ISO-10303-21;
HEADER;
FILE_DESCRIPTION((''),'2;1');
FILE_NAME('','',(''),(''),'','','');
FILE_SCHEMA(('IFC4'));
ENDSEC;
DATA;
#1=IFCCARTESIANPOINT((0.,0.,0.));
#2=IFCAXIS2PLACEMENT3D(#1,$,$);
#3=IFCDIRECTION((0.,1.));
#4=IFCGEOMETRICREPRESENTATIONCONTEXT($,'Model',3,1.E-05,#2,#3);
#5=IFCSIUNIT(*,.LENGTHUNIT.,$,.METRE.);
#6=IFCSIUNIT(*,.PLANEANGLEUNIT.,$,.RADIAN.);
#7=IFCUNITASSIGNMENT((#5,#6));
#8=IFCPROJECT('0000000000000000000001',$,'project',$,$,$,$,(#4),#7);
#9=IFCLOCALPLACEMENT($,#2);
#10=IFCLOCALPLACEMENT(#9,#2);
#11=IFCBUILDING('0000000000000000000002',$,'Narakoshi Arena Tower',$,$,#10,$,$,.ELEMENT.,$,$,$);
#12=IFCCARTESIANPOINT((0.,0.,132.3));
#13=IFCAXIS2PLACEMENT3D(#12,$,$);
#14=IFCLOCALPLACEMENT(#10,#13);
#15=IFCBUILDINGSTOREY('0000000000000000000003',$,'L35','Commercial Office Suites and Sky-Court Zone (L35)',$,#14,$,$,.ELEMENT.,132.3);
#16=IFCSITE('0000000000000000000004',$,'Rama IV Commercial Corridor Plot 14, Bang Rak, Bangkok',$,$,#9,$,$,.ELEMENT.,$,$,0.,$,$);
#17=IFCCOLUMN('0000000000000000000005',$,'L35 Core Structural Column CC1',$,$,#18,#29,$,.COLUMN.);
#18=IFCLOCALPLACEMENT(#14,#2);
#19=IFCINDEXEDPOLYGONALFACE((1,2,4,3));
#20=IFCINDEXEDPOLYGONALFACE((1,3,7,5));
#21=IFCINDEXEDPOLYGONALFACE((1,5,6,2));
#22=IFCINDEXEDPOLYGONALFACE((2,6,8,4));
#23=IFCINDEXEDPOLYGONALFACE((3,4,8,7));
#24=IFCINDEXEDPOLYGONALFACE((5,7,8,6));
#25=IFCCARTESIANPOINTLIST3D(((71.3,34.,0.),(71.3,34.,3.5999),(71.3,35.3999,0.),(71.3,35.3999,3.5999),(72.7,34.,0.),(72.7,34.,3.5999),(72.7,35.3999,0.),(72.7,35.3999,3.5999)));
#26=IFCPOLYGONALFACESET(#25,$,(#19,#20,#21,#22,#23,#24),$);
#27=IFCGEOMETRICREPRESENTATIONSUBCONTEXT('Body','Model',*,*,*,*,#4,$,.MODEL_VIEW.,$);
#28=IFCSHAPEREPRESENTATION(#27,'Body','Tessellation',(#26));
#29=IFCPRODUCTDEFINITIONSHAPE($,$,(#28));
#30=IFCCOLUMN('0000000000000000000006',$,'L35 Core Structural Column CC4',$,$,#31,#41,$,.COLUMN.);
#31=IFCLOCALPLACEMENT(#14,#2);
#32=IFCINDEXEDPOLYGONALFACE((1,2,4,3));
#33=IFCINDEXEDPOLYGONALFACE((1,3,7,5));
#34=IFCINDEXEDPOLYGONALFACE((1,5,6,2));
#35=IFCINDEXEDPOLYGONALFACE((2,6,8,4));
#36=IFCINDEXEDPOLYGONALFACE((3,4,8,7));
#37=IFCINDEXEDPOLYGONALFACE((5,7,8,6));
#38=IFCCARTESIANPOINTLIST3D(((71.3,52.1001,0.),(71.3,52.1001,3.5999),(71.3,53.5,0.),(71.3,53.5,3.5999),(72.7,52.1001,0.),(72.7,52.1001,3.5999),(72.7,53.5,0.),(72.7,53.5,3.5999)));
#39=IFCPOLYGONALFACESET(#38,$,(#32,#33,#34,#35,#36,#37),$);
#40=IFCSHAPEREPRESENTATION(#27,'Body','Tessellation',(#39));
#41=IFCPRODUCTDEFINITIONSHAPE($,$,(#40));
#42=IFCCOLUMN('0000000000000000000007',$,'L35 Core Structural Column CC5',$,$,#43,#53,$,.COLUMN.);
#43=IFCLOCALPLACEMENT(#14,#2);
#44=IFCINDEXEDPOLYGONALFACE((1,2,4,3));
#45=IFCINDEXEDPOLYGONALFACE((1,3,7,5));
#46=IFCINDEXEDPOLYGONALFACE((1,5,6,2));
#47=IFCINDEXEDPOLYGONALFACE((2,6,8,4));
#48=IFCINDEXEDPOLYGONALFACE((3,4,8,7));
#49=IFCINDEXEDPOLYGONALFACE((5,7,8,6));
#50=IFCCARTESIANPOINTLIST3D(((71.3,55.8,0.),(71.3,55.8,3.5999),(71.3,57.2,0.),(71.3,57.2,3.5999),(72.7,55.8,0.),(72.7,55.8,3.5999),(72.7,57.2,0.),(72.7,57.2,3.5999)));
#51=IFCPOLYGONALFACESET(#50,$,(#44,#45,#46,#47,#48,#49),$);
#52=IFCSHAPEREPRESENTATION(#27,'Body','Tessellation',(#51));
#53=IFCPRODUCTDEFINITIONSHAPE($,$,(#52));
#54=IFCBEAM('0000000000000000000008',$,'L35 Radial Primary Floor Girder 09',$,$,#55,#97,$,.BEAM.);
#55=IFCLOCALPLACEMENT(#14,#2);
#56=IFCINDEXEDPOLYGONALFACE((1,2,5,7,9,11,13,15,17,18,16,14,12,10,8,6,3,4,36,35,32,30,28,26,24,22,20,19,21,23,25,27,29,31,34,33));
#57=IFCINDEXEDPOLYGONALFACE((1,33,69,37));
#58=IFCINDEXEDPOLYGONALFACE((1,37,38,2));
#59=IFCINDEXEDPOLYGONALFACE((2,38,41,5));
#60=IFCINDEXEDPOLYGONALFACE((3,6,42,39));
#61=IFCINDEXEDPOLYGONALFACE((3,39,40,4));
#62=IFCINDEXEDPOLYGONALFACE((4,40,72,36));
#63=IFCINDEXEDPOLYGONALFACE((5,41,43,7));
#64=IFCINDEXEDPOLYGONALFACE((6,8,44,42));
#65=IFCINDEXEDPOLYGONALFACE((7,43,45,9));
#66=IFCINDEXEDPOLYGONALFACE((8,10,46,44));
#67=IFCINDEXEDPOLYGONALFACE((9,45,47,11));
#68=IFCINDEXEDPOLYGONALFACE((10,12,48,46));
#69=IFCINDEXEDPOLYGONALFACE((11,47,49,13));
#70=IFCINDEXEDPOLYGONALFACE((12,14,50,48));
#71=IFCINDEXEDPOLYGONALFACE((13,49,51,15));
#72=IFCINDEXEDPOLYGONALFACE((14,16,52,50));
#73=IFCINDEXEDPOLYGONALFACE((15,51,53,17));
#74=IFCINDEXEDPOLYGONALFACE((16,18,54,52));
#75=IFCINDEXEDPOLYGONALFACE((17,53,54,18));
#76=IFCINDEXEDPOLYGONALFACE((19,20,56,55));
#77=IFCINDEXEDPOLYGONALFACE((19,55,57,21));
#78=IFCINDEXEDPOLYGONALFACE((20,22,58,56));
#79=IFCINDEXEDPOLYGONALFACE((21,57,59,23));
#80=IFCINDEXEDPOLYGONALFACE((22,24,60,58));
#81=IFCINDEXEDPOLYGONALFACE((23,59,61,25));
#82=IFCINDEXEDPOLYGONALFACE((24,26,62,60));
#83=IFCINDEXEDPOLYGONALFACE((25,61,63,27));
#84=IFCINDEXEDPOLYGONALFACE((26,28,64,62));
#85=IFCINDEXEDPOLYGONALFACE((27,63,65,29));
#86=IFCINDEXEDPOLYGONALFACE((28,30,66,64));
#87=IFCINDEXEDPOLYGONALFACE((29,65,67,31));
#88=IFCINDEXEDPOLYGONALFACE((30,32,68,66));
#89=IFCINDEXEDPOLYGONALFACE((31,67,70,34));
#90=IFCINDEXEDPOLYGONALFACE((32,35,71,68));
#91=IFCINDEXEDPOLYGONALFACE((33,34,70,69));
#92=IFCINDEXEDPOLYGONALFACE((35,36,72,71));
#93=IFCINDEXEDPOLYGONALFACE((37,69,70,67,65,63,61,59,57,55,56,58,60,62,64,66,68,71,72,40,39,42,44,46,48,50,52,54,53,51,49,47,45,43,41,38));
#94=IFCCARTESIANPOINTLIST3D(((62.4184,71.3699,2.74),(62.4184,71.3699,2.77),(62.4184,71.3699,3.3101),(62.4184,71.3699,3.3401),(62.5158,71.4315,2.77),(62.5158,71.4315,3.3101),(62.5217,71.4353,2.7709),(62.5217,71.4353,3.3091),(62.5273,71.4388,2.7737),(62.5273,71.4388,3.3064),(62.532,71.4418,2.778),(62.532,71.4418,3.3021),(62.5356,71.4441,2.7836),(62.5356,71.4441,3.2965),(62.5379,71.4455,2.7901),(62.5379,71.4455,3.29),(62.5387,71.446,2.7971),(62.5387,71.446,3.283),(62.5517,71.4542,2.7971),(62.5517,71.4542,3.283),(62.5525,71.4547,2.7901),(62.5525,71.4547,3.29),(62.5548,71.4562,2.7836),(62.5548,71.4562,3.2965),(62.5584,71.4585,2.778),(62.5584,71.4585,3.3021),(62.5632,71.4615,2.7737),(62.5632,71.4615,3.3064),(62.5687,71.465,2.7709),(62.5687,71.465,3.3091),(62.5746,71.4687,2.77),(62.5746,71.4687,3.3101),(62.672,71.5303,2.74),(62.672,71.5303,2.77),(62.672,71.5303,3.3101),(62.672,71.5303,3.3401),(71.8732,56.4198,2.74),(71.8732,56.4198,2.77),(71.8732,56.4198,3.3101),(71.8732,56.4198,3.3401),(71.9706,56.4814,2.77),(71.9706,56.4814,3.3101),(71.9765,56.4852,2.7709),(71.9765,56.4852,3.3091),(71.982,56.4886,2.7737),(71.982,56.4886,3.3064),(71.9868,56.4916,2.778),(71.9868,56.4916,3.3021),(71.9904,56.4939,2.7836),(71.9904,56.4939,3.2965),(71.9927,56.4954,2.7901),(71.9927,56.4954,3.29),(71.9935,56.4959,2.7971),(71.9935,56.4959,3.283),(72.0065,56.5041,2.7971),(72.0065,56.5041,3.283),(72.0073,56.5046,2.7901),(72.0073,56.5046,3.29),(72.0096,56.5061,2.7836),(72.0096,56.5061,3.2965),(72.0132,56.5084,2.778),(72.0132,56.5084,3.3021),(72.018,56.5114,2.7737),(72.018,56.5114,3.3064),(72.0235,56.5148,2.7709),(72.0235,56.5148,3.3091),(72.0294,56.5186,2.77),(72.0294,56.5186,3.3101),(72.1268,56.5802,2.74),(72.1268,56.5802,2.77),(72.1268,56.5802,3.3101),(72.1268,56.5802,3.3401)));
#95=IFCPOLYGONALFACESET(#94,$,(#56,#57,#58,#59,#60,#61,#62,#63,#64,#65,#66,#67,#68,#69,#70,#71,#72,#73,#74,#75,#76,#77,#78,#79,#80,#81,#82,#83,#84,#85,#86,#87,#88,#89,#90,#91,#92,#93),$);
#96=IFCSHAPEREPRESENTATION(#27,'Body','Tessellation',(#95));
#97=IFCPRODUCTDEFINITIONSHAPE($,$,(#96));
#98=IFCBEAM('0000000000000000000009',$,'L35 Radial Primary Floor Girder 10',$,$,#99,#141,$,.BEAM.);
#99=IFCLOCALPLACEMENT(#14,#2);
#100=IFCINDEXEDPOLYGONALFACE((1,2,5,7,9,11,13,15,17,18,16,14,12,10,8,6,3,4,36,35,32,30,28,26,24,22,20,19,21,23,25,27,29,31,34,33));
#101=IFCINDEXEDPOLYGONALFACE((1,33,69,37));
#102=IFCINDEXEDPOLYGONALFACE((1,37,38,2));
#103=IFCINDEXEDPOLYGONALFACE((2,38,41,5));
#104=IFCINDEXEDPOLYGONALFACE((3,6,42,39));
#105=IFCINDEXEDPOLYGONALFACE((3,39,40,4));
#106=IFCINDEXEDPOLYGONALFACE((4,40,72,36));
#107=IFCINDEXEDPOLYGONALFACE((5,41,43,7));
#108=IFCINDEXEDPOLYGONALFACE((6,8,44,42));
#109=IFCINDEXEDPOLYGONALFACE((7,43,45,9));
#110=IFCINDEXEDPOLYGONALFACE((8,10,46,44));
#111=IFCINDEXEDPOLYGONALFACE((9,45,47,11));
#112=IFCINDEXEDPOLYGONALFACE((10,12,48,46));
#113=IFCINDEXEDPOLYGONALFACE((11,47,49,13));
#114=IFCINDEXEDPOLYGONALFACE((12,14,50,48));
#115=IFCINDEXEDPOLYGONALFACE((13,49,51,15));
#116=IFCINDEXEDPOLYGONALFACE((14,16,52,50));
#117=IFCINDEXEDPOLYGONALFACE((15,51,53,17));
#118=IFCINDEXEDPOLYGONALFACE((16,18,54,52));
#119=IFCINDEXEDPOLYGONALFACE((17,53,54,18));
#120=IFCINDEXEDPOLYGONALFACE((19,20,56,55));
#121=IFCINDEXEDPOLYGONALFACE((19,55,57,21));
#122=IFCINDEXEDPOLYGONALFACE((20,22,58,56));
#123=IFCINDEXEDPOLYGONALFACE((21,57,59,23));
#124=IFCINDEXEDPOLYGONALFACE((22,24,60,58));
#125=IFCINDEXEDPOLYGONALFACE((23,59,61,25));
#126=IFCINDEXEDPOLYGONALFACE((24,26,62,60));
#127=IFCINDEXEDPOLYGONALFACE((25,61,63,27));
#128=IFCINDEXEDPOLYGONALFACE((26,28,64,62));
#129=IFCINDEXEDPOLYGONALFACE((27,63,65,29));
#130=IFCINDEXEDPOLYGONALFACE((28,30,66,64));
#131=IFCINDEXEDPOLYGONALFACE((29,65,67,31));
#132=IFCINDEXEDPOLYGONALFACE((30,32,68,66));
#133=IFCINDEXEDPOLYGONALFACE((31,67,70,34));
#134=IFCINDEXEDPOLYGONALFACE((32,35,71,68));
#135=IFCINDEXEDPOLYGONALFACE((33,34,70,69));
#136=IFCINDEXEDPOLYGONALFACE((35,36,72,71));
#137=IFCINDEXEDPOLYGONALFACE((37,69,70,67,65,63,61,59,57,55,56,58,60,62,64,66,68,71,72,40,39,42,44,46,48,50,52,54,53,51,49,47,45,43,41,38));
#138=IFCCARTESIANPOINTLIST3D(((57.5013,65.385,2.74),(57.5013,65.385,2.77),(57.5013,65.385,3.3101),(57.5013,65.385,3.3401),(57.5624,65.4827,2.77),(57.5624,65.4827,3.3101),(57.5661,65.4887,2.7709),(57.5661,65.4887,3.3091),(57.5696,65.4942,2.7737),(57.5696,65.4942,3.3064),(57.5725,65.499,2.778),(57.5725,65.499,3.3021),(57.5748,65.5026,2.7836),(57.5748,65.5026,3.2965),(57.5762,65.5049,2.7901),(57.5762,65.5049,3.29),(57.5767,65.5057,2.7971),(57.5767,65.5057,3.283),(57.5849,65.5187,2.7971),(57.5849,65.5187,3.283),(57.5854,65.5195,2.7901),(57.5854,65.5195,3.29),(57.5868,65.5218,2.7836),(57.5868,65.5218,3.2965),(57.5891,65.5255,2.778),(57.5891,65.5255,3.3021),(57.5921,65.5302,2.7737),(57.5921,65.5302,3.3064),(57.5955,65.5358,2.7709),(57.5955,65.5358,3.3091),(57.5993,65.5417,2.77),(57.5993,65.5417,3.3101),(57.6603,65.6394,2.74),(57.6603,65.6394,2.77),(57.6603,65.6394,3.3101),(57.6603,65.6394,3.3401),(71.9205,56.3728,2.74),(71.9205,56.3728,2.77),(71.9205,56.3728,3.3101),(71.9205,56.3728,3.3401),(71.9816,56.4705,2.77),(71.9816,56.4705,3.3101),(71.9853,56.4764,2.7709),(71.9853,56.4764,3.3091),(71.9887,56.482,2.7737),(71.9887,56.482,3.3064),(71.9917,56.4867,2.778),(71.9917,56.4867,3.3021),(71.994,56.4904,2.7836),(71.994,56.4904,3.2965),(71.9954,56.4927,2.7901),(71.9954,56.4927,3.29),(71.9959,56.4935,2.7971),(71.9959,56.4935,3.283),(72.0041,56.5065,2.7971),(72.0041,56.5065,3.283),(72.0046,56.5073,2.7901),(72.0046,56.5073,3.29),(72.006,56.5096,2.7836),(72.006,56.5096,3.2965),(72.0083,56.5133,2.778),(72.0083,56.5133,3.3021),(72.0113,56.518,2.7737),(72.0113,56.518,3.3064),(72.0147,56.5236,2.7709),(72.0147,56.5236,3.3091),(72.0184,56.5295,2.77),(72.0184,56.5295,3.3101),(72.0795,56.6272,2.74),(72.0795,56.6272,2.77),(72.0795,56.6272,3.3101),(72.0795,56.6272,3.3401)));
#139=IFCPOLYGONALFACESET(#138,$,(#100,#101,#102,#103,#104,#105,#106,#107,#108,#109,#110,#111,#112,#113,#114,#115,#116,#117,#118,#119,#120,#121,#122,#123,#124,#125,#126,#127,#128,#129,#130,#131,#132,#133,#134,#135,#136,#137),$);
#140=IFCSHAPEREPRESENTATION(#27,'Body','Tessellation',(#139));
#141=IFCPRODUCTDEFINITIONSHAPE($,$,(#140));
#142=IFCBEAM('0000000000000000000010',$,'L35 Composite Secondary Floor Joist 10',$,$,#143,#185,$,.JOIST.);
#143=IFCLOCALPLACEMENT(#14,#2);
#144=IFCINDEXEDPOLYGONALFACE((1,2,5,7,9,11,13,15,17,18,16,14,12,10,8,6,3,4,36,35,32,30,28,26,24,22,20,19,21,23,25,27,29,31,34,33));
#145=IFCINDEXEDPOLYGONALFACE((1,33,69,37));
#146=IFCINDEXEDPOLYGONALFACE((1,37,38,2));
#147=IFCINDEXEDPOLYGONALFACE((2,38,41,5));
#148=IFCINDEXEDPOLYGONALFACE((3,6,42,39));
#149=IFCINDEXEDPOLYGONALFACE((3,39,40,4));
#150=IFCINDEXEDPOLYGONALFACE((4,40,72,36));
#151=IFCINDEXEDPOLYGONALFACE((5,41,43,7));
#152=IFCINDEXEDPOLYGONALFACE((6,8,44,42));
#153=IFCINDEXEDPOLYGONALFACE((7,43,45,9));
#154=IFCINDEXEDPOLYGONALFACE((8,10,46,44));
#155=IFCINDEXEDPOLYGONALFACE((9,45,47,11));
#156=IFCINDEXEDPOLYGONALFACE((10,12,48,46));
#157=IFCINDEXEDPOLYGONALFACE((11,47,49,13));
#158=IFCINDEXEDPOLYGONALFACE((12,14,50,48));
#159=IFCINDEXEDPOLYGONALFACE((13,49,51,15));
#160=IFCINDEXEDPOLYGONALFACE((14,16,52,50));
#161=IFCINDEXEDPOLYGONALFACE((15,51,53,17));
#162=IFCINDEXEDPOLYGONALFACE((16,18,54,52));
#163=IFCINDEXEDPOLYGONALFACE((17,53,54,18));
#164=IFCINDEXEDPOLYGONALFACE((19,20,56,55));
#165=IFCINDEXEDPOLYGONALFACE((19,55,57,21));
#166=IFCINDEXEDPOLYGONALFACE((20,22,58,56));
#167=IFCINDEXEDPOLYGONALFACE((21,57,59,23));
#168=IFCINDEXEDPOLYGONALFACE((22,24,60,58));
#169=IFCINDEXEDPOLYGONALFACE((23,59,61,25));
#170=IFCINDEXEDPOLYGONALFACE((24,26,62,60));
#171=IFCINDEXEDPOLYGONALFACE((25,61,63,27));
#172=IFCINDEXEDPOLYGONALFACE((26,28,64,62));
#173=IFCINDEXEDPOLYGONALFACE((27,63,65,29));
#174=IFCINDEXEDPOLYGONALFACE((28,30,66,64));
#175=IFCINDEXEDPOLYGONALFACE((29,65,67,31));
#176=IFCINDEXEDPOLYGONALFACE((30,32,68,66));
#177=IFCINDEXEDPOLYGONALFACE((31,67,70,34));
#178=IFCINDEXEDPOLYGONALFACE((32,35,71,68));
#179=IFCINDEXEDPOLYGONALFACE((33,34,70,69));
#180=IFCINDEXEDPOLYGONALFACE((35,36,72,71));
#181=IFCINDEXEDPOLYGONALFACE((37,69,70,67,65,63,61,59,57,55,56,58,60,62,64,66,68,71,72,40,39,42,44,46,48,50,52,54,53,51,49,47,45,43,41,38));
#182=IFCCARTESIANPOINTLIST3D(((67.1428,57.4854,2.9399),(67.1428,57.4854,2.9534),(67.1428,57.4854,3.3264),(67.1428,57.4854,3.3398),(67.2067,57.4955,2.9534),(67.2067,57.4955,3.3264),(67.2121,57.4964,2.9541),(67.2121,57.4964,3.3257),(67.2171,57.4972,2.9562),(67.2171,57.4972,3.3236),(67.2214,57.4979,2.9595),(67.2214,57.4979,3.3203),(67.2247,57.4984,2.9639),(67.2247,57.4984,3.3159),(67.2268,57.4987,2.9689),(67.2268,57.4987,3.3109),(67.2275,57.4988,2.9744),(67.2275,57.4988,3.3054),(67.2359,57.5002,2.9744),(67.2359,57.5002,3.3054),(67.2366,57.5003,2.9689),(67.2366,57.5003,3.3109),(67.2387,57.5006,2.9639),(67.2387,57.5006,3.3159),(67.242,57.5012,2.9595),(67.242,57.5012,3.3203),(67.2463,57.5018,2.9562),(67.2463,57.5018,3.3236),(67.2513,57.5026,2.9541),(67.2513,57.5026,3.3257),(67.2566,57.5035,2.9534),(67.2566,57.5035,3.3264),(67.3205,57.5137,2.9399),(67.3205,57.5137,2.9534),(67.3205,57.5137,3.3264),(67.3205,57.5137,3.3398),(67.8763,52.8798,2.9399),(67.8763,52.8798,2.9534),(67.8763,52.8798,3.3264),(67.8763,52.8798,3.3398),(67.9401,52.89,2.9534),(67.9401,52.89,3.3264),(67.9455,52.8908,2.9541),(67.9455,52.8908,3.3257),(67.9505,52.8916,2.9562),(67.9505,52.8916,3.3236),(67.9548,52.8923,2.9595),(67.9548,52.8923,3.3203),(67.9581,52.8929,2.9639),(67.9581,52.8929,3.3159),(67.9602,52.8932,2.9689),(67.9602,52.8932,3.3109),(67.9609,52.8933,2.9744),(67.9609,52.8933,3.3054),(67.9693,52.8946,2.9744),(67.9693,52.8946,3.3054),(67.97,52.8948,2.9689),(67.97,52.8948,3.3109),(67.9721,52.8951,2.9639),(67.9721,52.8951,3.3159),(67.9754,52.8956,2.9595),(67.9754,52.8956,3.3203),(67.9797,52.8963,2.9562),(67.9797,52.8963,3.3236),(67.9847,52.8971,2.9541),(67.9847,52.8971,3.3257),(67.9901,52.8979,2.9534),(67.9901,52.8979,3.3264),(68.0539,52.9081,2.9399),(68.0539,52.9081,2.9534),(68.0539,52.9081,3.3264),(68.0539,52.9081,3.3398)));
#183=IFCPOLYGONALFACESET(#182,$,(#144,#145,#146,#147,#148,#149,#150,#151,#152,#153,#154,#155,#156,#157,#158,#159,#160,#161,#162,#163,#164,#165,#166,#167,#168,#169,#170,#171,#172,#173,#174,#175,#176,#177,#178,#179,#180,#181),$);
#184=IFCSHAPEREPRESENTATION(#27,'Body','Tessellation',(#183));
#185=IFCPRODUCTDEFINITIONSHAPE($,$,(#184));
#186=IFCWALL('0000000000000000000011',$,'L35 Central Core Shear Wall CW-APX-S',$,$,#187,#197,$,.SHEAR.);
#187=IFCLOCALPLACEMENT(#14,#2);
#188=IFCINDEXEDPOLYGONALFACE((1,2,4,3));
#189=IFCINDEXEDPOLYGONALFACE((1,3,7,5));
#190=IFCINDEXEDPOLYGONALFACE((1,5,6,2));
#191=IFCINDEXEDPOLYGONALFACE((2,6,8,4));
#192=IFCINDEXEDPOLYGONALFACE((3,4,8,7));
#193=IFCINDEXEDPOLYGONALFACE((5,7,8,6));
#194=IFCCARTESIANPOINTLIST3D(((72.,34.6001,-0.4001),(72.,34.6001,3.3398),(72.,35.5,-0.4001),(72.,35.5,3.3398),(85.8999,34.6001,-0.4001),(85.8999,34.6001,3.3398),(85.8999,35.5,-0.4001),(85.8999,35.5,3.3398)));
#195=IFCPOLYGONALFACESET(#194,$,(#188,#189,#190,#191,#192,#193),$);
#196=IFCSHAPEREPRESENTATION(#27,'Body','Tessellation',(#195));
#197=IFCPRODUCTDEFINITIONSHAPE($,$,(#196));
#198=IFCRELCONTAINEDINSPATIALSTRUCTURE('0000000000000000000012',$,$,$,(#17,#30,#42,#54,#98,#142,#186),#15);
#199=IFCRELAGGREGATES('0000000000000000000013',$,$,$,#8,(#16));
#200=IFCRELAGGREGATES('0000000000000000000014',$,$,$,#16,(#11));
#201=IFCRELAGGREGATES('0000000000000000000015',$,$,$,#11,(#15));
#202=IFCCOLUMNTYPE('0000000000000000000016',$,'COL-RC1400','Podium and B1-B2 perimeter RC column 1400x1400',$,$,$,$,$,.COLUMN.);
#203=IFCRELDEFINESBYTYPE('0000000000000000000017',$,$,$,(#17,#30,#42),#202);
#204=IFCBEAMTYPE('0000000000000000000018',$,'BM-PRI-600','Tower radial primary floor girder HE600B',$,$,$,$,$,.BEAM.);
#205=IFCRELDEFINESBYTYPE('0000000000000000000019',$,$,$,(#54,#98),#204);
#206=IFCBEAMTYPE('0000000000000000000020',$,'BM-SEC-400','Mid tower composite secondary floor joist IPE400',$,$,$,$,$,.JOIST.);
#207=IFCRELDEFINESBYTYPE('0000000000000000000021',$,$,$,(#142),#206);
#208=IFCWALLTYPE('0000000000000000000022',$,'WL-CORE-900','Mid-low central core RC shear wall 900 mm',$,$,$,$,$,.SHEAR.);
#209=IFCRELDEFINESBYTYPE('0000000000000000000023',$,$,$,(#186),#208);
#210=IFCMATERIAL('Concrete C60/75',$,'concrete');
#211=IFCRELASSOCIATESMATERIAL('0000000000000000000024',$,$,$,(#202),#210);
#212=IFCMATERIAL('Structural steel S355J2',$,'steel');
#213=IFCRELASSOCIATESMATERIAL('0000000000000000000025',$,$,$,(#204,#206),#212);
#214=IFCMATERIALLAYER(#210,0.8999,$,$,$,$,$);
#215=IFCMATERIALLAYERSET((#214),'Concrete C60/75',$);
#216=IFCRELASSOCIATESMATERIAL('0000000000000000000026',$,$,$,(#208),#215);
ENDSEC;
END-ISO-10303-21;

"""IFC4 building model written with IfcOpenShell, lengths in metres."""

from ifc_helpers import new_model, si_unit, direction, frame, frame_2d, origin, origin_2d, place, context, subcontext, project, spatial, rectangle, i_section, extrude, material, layer, layer_set, material_profile, profile_set, type_object, element, save


model = new_model("IFC4")

# Units and contexts
model_context = context("Model", 3, precision=1e-05, world=origin(), true_north=direction((0.0, 1.0)))
body_context = subcontext(model_context, "Body", "Model", "MODEL_VIEW")
ifc_project = project(units=[si_unit("LENGTHUNIT", "METRE"), si_unit("PLANEANGLEUNIT", "RADIAN")], contexts=[model_context])

# Site, building, storey
site_placement = place(None, origin())
site = spatial("IfcSite", under=ifc_project, at=site_placement, Name="Rama IV Commercial Corridor Plot 14, Bang Rak, Bangkok", CompositionType="ELEMENT", RefElevation=0.0)
building_placement = place(site_placement, origin())
building = spatial("IfcBuilding", under=site, at=building_placement, Name="Narakoshi Arena Tower", CompositionType="ELEMENT")
storey_placement = place(building_placement, frame((0.0, 0.0, 132.3)))
storey = spatial("IfcBuildingStorey", under=building, at=storey_placement, Name="L35", Description="Commercial Office Suites and Sky-Court Zone (L35)", CompositionType="ELEMENT", Elevation=132.3)

# Columns
ifc_material_1 = material(Name="Concrete C60/75", Category="concrete")
ifc_material_profile_1 = material_profile(ifc_material_1, rectangle(XDim=1.3999, YDim=1.3999, at=origin_2d()), Name="RC1400x1400")
ifc_profile_set_1 = profile_set([ifc_material_profile_1], Name="Concrete C60/75")
column_type = type_object("IfcColumnType", Name="COL-RC1400", Description="Podium and B1-B2 perimeter RC column 1400x1400", PredefinedType="COLUMN", material=ifc_profile_set_1)
for number, where, z_axis, x_axis, name in (
    (1, (72.0, 34.7, 0.0), (0.0, 0.0, 1.0), (1.0, 0.0, 0.0), "L35 Core Structural Column CC1"),
    (2, (72.0, 52.8, 0.0), (0.0, 0.0, 1.0), (1.0, 0.0, 0.0), "L35 Core Structural Column CC4"),
    (3, (72.0, 56.5, 0.0), (0.0, 0.0, 1.0), (1.0, 0.0, 0.0), "L35 Core Structural Column CC5"),
):
    element("IfcColumn", number, at=place(storey_placement, frame(where, z_axis=z_axis, x_axis=x_axis)), inside=storey, type_object=column_type, Name=name, PredefinedType="COLUMN", context=body_context, shape_type="SweptSolid", body=[
        extrude(rectangle(XDim=1.3999, YDim=1.3999, at=origin_2d()), origin(), (0.0, 0.0, 1.0), 3.5999),
    ])

# Beams
ifc_material_2 = material(Name="Structural steel S355J2", Category="steel")
ifc_material_profile_2 = material_profile(ifc_material_2, i_section(OverallWidth=0.3, OverallDepth=0.6001, WebThickness=0.0154, FlangeThickness=0.03, FilletRadius=0.0271, at=origin_2d()), Name="HE600B")
ifc_profile_set_2 = profile_set([ifc_material_profile_2], Name="Structural steel S355J2")
beam_type_1 = type_object("IfcBeamType", Name="BM-PRI-600", Description="Tower radial primary floor girder HE600B", PredefinedType="BEAM", material=ifc_profile_set_2)
beam_1_placement = place(storey_placement, frame((72.0, 56.5, 3.04), z_axis=(-0.534502, 0.845167, 0.0), x_axis=(-0.845167, -0.534502, 0.0)))
element("IfcBeam", 4, at=beam_1_placement, inside=storey, type_object=beam_type_1, Name="L35 Radial Primary Floor Girder 09", PredefinedType="BEAM", context=body_context, shape_type="SweptSolid", body=[
    extrude(i_section(OverallWidth=0.3, OverallDepth=0.6001, WebThickness=0.0154, FlangeThickness=0.03, FilletRadius=0.0271, at=origin_2d()), origin(), (0.0, 0.0, 1.0), 17.689),
])
beam_2_placement = place(storey_placement, frame((72.0, 56.5, 3.04), z_axis=(-0.847993, 0.530008, 0.0), x_axis=(-0.530008, -0.847993, 0.0)))
element("IfcBeam", 5, at=beam_2_placement, inside=storey, type_object=beam_type_1, Name="L35 Radial Primary Floor Girder 10", PredefinedType="BEAM", context=body_context, shape_type="SweptSolid", body=[
    extrude(i_section(OverallWidth=0.3, OverallDepth=0.6001, WebThickness=0.0154, FlangeThickness=0.03, FilletRadius=0.0271, at=origin_2d()), origin(), (0.0, 0.0, 1.0), 17.0039),
])
ifc_material_profile_3 = material_profile(ifc_material_2, i_section(OverallWidth=0.1799, OverallDepth=0.3999, WebThickness=0.0085, FlangeThickness=0.0134, FilletRadius=0.021, at=origin_2d()), Name="IPE400")
ifc_profile_set_3 = profile_set([ifc_material_profile_3], Name="Structural steel S355J2")
beam_type_2 = type_object("IfcBeamType", Name="BM-SEC-400", Description="Mid tower composite secondary floor joist IPE400", PredefinedType="JOIST", material=ifc_profile_set_3)
beam_3_placement = place(storey_placement, frame((67.2317, 57.4995, 3.1399), z_axis=(0.157264, -0.987557, 0.0), x_axis=(0.987557, 0.157264, 0.0)))
element("IfcBeam", 6, at=beam_3_placement, inside=storey, type_object=beam_type_2, Name="L35 Composite Secondary Floor Joist 10", PredefinedType="JOIST", context=body_context, shape_type="SweptSolid", body=[
    extrude(i_section(OverallWidth=0.1799, OverallDepth=0.3999, WebThickness=0.0085, FlangeThickness=0.0134, FilletRadius=0.021, at=origin_2d()), origin(), (0.0, 0.0, 1.0), 4.6636),
])

# Wall
ifc_layer_1 = layer(ifc_material_1, 0.8999)
ifc_layer_set_1 = layer_set([ifc_layer_1], Name="Concrete C60/75")
wall_type_1 = type_object("IfcWallType", Name="WL-CORE-900", Description="Mid-low central core RC shear wall 900 mm", PredefinedType="SHEAR", material=ifc_layer_set_1)
for number, where, z_axis, x_axis, name in (
    (7, (72.0, 35.05, -0.4001), (0.0, 0.0, 1.0), (1.0, 0.0, 0.0), "L35 Central Core Shear Wall CW-APX-S"),
):
    element("IfcWall", number, at=place(storey_placement, frame(where, z_axis=z_axis, x_axis=x_axis)), inside=storey, type_object=wall_type_1, Name=name, PredefinedType="SHEAR", context=body_context, shape_type="SweptSolid", body=[
        extrude(rectangle(XDim=13.8999, YDim=0.8999, at=frame_2d((6.95, 0.0))), origin(), (0.0, 0.0, 1.0), 3.74),
    ])

save(model, "model.ifc")
